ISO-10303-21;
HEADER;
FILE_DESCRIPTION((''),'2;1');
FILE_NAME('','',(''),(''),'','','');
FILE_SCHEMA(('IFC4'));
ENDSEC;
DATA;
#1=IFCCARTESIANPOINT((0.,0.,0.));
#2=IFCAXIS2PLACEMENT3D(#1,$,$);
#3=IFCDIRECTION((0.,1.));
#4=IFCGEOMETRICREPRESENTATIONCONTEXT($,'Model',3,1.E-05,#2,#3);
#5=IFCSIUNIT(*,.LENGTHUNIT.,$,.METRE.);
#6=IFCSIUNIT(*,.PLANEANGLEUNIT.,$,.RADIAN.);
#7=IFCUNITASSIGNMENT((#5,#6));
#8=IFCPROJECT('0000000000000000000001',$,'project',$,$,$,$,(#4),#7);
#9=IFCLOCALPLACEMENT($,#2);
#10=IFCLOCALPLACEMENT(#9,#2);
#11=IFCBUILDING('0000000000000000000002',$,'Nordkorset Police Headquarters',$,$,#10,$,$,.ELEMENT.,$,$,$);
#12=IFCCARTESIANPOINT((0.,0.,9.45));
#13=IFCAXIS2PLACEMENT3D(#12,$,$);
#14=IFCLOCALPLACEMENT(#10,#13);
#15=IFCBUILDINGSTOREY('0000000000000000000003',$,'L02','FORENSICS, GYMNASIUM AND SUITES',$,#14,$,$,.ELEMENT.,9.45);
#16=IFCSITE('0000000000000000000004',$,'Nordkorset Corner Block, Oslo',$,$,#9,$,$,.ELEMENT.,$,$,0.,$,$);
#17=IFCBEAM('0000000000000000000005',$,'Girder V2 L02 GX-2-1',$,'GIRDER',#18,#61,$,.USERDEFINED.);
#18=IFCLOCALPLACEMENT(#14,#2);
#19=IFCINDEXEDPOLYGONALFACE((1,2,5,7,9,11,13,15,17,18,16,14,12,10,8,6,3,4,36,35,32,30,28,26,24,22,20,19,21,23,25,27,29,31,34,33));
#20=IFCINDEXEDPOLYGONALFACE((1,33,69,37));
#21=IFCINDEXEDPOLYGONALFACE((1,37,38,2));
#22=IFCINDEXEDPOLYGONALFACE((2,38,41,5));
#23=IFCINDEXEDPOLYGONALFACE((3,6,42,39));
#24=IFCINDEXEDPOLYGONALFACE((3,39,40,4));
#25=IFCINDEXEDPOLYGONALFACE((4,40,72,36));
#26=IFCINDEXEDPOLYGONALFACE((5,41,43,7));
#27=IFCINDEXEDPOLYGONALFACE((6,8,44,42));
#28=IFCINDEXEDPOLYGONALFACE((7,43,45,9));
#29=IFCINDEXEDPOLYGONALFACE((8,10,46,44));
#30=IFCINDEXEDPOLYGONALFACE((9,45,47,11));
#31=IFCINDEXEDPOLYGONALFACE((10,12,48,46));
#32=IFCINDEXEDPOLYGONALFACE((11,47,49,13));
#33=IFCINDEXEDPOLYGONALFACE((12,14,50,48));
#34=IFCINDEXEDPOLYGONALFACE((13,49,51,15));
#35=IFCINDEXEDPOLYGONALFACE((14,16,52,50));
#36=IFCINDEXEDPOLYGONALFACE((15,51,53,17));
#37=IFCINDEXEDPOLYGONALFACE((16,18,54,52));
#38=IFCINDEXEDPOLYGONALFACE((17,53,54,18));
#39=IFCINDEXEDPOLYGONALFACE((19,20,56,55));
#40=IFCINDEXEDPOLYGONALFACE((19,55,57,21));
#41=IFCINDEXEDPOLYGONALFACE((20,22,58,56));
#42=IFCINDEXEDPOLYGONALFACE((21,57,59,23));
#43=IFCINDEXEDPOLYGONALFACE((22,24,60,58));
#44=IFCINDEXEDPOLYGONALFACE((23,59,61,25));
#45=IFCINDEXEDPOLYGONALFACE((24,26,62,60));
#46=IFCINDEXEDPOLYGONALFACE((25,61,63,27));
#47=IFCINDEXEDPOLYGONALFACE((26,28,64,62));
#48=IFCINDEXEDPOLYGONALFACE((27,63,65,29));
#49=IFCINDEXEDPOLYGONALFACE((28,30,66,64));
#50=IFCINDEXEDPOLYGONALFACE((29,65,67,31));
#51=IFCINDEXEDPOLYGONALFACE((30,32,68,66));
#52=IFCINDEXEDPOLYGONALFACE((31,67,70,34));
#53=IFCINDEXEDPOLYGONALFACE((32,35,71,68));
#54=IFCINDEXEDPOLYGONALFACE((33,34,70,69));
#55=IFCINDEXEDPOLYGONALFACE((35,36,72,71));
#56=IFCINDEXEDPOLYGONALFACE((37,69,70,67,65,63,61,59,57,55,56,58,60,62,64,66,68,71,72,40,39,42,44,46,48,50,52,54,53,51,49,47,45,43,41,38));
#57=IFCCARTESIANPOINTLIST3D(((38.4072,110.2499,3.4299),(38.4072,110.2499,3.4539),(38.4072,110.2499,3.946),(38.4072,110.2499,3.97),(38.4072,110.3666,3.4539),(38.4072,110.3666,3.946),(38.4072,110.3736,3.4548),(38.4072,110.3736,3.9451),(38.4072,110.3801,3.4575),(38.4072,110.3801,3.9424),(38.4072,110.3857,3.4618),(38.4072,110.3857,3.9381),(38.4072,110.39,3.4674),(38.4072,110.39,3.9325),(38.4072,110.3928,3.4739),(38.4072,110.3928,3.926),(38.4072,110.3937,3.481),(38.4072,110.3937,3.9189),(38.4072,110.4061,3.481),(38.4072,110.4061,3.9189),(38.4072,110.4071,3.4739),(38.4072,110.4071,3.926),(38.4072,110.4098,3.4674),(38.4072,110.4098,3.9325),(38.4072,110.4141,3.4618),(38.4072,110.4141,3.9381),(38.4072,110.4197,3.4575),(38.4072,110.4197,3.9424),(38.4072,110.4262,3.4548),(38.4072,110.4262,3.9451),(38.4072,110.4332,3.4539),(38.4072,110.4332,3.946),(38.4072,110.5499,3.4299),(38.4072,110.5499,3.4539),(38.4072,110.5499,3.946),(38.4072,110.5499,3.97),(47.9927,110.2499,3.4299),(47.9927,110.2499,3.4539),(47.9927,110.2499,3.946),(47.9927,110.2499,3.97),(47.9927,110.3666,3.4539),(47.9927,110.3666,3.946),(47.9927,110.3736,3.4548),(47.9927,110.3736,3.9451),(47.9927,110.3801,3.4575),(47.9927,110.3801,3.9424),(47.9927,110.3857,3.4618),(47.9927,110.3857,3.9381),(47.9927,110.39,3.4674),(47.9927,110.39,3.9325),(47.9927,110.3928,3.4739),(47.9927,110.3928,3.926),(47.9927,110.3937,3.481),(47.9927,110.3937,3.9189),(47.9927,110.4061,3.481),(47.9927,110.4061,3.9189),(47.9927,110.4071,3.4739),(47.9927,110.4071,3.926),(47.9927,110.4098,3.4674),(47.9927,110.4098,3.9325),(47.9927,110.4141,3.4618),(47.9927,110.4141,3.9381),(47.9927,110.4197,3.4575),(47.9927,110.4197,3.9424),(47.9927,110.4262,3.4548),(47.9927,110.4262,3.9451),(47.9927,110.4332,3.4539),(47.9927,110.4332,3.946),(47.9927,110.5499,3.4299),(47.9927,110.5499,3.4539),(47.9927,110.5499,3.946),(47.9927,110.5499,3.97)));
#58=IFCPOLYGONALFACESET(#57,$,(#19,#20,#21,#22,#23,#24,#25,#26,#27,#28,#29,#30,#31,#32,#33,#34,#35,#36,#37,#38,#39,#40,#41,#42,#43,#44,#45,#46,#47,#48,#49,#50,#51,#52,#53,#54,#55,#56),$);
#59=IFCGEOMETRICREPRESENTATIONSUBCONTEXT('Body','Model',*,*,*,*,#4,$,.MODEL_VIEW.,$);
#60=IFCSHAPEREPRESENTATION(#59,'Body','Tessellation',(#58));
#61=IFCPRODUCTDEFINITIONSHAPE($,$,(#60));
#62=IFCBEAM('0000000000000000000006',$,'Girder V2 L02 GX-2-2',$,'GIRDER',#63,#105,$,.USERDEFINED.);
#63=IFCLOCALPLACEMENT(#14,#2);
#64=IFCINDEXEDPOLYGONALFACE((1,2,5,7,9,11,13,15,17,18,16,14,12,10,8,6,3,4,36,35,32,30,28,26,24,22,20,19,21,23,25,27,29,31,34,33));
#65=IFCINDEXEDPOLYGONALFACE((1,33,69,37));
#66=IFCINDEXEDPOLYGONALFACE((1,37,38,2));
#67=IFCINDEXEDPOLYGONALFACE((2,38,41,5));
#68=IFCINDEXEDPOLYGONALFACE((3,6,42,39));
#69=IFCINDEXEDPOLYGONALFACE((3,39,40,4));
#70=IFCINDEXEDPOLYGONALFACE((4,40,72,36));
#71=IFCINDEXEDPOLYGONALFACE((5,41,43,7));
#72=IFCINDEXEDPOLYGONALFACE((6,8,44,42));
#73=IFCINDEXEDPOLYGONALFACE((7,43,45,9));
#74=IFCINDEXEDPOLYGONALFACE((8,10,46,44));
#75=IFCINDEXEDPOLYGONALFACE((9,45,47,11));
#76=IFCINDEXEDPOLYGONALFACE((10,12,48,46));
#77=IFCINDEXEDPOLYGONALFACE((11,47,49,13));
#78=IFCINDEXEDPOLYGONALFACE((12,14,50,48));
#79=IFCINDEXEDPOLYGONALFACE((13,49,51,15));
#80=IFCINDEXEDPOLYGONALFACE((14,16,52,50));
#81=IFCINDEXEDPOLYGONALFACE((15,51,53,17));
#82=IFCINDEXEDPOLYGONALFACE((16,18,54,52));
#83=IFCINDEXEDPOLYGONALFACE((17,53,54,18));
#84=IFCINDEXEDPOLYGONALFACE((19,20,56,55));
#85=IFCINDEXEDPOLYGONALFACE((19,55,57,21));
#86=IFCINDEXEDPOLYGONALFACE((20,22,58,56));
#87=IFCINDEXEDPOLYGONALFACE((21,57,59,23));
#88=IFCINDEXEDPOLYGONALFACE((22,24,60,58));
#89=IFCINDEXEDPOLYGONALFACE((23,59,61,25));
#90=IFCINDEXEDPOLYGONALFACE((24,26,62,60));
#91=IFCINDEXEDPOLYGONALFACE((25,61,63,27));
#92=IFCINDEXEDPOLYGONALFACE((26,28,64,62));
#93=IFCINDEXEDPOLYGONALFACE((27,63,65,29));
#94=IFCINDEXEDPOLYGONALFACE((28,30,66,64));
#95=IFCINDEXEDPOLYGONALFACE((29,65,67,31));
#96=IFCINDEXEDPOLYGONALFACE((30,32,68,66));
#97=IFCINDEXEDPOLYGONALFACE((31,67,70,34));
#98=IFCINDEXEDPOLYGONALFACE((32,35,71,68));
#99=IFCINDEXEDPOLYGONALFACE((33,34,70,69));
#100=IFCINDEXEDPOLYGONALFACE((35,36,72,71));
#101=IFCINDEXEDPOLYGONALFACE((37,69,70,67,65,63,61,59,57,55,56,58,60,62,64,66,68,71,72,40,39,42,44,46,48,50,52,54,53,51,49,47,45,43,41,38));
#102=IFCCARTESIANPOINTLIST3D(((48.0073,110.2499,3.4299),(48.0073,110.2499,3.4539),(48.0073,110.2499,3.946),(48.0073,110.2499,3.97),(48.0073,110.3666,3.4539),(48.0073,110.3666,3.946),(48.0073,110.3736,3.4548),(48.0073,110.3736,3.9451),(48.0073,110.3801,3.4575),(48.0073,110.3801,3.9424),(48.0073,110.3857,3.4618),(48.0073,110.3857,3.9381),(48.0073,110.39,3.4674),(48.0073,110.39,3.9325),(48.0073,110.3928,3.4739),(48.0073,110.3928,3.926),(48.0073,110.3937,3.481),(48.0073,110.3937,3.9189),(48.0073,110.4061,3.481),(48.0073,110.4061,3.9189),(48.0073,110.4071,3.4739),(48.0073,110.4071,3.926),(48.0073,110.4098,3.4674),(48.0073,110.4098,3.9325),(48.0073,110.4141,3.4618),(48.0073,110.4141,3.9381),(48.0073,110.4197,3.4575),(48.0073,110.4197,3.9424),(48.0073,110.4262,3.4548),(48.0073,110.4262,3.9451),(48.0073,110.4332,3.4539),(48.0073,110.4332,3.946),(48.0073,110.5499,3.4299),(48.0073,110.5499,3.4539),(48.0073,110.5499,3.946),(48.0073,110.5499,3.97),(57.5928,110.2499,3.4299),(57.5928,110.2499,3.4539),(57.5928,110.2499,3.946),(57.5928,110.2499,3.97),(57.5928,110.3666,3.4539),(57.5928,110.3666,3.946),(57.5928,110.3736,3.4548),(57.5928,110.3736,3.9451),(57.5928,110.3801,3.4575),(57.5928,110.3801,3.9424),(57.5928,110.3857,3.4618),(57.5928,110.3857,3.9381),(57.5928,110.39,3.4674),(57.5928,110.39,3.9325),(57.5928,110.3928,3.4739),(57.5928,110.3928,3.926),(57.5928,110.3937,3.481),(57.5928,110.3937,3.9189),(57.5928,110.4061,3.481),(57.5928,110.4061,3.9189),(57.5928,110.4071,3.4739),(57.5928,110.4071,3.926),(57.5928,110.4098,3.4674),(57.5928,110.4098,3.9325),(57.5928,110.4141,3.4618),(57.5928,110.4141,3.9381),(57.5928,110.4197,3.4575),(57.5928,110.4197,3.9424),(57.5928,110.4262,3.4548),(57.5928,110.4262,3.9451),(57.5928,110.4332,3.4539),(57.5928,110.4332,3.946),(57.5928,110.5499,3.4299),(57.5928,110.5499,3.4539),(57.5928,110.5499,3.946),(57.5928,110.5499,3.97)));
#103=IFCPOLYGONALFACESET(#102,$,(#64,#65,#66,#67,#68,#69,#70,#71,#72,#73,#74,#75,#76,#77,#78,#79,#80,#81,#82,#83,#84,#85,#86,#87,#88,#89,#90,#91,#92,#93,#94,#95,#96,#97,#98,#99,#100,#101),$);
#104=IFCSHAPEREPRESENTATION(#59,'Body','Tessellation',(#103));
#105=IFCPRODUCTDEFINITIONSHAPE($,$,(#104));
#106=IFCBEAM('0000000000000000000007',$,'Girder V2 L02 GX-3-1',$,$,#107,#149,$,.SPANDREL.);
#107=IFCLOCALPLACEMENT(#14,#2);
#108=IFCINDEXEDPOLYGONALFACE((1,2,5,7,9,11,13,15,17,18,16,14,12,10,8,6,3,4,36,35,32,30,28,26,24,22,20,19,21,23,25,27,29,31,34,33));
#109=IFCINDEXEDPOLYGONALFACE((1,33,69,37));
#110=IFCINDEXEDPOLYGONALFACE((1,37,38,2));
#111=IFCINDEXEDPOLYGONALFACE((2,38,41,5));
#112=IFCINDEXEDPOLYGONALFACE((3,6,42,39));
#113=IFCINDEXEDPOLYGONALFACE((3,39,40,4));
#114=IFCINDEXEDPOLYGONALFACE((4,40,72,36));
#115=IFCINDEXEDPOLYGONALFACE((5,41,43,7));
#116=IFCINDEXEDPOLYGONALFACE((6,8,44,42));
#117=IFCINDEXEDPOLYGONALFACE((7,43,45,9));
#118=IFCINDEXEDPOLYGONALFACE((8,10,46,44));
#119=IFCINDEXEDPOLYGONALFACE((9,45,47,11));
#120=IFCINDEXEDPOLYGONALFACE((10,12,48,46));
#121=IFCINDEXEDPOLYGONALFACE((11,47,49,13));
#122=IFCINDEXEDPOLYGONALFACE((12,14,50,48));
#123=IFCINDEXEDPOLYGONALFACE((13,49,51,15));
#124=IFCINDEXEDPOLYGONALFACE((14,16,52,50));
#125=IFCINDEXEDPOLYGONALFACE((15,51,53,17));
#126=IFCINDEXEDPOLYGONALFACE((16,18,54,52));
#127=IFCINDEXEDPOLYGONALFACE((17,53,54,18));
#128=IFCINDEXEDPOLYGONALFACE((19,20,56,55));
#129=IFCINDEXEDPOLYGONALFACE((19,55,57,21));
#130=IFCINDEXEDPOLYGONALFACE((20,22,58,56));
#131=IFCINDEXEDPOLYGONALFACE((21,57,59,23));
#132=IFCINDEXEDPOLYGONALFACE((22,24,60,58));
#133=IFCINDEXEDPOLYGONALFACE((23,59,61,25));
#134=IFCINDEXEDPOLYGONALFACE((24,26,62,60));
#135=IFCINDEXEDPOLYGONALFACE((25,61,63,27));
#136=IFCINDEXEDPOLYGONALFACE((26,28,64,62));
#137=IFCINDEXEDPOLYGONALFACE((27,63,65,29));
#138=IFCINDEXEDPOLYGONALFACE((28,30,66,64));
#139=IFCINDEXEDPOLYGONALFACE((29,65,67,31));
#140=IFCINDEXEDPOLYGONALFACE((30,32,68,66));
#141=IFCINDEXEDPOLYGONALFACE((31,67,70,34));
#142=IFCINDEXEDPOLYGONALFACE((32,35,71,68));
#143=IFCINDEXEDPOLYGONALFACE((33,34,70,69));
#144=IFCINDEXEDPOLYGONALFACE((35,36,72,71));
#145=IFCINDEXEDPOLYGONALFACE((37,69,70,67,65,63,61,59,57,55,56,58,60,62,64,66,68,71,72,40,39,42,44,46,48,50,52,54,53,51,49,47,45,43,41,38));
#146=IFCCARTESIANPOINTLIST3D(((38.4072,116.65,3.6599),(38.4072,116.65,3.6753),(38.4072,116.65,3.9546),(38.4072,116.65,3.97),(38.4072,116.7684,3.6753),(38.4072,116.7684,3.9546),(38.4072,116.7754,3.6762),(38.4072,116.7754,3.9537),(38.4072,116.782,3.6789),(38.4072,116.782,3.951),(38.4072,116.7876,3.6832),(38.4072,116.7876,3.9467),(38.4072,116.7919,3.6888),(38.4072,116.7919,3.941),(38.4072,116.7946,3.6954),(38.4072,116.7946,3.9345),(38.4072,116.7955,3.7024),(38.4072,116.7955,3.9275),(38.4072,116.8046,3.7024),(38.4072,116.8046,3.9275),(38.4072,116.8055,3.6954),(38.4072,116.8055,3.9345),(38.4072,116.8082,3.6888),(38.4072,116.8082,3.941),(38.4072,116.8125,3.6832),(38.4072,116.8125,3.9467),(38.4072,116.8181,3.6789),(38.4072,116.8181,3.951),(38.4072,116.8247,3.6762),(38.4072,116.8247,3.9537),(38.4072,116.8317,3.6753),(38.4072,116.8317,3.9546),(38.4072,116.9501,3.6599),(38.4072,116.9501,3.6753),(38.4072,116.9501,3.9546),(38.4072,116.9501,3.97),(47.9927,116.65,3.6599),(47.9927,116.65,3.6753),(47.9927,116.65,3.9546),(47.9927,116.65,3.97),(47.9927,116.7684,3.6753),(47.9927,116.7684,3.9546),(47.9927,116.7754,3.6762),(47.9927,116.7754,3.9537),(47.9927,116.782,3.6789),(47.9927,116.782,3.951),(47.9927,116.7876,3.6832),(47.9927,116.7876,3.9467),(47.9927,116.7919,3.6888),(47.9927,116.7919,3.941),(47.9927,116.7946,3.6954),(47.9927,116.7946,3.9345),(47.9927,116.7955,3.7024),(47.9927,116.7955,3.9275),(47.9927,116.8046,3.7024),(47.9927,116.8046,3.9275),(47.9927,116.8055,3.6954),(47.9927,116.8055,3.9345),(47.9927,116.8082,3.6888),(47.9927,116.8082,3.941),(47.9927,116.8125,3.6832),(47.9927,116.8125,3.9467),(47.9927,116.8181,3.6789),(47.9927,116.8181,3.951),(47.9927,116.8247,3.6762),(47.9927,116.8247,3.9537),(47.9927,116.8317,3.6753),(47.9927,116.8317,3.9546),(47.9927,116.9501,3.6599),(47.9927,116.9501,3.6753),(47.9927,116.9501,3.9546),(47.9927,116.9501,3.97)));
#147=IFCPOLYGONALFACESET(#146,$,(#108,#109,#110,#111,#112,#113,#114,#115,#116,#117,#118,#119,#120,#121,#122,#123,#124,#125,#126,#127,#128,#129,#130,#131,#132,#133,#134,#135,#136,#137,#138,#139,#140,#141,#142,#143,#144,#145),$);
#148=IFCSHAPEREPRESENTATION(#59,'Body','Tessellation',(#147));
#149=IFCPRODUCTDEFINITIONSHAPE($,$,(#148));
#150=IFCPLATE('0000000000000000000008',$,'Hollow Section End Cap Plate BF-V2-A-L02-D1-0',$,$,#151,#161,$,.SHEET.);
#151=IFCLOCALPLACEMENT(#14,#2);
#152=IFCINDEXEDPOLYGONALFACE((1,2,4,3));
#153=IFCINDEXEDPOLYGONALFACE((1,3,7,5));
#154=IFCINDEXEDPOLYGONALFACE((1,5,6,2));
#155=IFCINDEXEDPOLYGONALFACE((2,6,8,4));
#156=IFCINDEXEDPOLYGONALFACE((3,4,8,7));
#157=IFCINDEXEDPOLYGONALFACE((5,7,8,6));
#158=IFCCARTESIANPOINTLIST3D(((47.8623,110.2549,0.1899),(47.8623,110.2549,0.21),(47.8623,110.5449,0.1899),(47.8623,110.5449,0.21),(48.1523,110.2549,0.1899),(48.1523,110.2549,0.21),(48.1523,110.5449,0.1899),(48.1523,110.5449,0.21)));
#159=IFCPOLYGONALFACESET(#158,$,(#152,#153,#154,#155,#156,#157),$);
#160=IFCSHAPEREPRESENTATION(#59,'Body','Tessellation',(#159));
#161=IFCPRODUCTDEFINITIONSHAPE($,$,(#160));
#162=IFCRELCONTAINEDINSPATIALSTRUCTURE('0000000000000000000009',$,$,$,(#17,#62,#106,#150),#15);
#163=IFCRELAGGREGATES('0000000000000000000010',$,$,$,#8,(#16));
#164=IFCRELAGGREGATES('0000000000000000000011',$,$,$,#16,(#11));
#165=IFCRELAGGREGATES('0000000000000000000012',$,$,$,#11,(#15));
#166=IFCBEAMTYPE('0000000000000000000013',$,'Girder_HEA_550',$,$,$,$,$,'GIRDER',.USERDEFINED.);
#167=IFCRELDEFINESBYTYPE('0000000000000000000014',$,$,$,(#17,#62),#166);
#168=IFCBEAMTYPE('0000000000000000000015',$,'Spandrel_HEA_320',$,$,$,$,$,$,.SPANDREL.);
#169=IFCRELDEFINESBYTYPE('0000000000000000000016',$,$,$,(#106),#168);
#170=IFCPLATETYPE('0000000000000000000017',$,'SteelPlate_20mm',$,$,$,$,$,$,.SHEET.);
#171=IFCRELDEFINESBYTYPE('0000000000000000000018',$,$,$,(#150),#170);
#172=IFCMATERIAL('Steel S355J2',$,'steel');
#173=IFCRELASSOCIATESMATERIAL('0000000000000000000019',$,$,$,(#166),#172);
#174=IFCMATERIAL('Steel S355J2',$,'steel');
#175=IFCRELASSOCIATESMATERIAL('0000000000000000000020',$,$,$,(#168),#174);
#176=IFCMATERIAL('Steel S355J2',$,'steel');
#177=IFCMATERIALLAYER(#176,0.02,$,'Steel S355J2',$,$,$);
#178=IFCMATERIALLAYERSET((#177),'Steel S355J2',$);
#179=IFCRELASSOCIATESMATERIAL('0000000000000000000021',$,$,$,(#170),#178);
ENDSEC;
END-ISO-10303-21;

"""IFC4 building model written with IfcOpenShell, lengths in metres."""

from ifc_helpers import new_model, si_unit, direction, frame, origin, origin_2d, place, context, subcontext, project, spatial, rectangle, i_section, extrude, material, layer, layer_set, material_profile, profile_set, type_object, element, save


model = new_model("IFC4")

# Units and contexts
model_context = context("Model", 3, precision=1e-05, world=origin(), true_north=direction((0.0, 1.0)))
body_context = subcontext(model_context, "Body", "Model", "MODEL_VIEW")
ifc_project = project(units=[si_unit("LENGTHUNIT", "METRE"), si_unit("PLANEANGLEUNIT", "RADIAN")], contexts=[model_context])

# Site, building, storey
site_placement = place(None, origin())
site = spatial("IfcSite", under=ifc_project, at=site_placement, Name="Nordkorset Corner Block, Oslo", CompositionType="ELEMENT", RefElevation=0.0)
building_placement = place(site_placement, origin())
building = spatial("IfcBuilding", under=site, at=building_placement, Name="Nordkorset Police Headquarters", CompositionType="ELEMENT")
storey_placement = place(building_placement, frame((0.0, 0.0, 9.45)))
storey = spatial("IfcBuildingStorey", under=building, at=storey_placement, Name="L02", Description="FORENSICS, GYMNASIUM AND SUITES", CompositionType="ELEMENT", Elevation=9.45)

# Beams
ifc_material_1 = material(Name="Steel S355J2", Category="steel")
ifc_material_profile_1 = material_profile(ifc_material_1, i_section(OverallWidth=0.3, OverallDepth=0.54, WebThickness=0.0125, FlangeThickness=0.0239, FilletRadius=0.0271, at=origin_2d()), Name="HEA 550")
ifc_profile_set_1 = profile_set([ifc_material_profile_1], Name="Steel S355J2")
beam_type_1 = type_object("IfcBeamType", Name="Girder_HEA_550", ElementType="GIRDER", PredefinedType="USERDEFINED", material=ifc_profile_set_1)
for number, where, z_axis, x_axis, name in (
    (1, (38.4072, 110.3999, 3.7), (1.0, 0.0, 0.0), (0.0, 1.0, 0.0), "Girder V2 L02 GX-2-1"),
    (2, (48.0073, 110.3999, 3.7), (1.0, 0.0, 0.0), (0.0, 1.0, 0.0), "Girder V2 L02 GX-2-2"),
):
    element("IfcBeam", number, at=place(storey_placement, frame(where, z_axis=z_axis, x_axis=x_axis)), inside=storey, type_object=beam_type_1, Name=name, ObjectType="GIRDER", PredefinedType="USERDEFINED", context=body_context, shape_type="SweptSolid", body=[
        extrude(i_section(OverallWidth=0.3, OverallDepth=0.54, WebThickness=0.0125, FlangeThickness=0.0239, FilletRadius=0.0271, at=origin_2d()), origin(), (0.0, 0.0, 1.0), 9.5854),
    ])
ifc_material_2 = material(Name="Steel S355J2", Category="steel")
ifc_material_profile_2 = material_profile(ifc_material_2, i_section(OverallWidth=0.3, OverallDepth=0.3101, WebThickness=0.009, FlangeThickness=0.0154, FilletRadius=0.0271, at=origin_2d()), Name="HEA 320")
ifc_profile_set_2 = profile_set([ifc_material_profile_2], Name="Steel S355J2")
beam_type_2 = type_object("IfcBeamType", Name="Spandrel_HEA_320", PredefinedType="SPANDREL", material=ifc_profile_set_2)
beam_1_placement = place(storey_placement, frame((38.4072, 116.8, 3.8149), z_axis=(1.0, 0.0, 0.0), x_axis=(0.0, 1.0, 0.0)))
element("IfcBeam", 3, at=beam_1_placement, inside=storey, type_object=beam_type_2, Name="Girder V2 L02 GX-3-1", PredefinedType="SPANDREL", context=body_context, shape_type="SweptSolid", body=[
    extrude(i_section(OverallWidth=0.3, OverallDepth=0.3101, WebThickness=0.009, FlangeThickness=0.0154, FilletRadius=0.0271, at=origin_2d()), origin(), (0.0, 0.0, 1.0), 9.5854),
])

# Plate
ifc_material_3 = material(Name="Steel S355J2", Category="steel")
ifc_layer = layer(ifc_material_3, 0.02, Name="Steel S355J2")
ifc_layer_set = layer_set([ifc_layer], Name="Steel S355J2")
plate_type = type_object("IfcPlateType", Name="SteelPlate_20mm", PredefinedType="SHEET", material=ifc_layer_set)
plate_placement = place(storey_placement, frame((48.0073, 110.3999, 0.1899), z_axis=(0.0, 0.0, 1.0), x_axis=(1.0, 0.0, 0.0)))
element("IfcPlate", 4, at=plate_placement, inside=storey, type_object=plate_type, Name="Hollow Section End Cap Plate BF-V2-A-L02-D1-0", PredefinedType="SHEET", context=body_context, shape_type="SweptSolid", body=[
    extrude(rectangle(XDim=0.29, YDim=0.29, at=origin_2d()), origin(), (0.0, 0.0, 1.0), 0.02),
])

save(model, "model.ifc")
